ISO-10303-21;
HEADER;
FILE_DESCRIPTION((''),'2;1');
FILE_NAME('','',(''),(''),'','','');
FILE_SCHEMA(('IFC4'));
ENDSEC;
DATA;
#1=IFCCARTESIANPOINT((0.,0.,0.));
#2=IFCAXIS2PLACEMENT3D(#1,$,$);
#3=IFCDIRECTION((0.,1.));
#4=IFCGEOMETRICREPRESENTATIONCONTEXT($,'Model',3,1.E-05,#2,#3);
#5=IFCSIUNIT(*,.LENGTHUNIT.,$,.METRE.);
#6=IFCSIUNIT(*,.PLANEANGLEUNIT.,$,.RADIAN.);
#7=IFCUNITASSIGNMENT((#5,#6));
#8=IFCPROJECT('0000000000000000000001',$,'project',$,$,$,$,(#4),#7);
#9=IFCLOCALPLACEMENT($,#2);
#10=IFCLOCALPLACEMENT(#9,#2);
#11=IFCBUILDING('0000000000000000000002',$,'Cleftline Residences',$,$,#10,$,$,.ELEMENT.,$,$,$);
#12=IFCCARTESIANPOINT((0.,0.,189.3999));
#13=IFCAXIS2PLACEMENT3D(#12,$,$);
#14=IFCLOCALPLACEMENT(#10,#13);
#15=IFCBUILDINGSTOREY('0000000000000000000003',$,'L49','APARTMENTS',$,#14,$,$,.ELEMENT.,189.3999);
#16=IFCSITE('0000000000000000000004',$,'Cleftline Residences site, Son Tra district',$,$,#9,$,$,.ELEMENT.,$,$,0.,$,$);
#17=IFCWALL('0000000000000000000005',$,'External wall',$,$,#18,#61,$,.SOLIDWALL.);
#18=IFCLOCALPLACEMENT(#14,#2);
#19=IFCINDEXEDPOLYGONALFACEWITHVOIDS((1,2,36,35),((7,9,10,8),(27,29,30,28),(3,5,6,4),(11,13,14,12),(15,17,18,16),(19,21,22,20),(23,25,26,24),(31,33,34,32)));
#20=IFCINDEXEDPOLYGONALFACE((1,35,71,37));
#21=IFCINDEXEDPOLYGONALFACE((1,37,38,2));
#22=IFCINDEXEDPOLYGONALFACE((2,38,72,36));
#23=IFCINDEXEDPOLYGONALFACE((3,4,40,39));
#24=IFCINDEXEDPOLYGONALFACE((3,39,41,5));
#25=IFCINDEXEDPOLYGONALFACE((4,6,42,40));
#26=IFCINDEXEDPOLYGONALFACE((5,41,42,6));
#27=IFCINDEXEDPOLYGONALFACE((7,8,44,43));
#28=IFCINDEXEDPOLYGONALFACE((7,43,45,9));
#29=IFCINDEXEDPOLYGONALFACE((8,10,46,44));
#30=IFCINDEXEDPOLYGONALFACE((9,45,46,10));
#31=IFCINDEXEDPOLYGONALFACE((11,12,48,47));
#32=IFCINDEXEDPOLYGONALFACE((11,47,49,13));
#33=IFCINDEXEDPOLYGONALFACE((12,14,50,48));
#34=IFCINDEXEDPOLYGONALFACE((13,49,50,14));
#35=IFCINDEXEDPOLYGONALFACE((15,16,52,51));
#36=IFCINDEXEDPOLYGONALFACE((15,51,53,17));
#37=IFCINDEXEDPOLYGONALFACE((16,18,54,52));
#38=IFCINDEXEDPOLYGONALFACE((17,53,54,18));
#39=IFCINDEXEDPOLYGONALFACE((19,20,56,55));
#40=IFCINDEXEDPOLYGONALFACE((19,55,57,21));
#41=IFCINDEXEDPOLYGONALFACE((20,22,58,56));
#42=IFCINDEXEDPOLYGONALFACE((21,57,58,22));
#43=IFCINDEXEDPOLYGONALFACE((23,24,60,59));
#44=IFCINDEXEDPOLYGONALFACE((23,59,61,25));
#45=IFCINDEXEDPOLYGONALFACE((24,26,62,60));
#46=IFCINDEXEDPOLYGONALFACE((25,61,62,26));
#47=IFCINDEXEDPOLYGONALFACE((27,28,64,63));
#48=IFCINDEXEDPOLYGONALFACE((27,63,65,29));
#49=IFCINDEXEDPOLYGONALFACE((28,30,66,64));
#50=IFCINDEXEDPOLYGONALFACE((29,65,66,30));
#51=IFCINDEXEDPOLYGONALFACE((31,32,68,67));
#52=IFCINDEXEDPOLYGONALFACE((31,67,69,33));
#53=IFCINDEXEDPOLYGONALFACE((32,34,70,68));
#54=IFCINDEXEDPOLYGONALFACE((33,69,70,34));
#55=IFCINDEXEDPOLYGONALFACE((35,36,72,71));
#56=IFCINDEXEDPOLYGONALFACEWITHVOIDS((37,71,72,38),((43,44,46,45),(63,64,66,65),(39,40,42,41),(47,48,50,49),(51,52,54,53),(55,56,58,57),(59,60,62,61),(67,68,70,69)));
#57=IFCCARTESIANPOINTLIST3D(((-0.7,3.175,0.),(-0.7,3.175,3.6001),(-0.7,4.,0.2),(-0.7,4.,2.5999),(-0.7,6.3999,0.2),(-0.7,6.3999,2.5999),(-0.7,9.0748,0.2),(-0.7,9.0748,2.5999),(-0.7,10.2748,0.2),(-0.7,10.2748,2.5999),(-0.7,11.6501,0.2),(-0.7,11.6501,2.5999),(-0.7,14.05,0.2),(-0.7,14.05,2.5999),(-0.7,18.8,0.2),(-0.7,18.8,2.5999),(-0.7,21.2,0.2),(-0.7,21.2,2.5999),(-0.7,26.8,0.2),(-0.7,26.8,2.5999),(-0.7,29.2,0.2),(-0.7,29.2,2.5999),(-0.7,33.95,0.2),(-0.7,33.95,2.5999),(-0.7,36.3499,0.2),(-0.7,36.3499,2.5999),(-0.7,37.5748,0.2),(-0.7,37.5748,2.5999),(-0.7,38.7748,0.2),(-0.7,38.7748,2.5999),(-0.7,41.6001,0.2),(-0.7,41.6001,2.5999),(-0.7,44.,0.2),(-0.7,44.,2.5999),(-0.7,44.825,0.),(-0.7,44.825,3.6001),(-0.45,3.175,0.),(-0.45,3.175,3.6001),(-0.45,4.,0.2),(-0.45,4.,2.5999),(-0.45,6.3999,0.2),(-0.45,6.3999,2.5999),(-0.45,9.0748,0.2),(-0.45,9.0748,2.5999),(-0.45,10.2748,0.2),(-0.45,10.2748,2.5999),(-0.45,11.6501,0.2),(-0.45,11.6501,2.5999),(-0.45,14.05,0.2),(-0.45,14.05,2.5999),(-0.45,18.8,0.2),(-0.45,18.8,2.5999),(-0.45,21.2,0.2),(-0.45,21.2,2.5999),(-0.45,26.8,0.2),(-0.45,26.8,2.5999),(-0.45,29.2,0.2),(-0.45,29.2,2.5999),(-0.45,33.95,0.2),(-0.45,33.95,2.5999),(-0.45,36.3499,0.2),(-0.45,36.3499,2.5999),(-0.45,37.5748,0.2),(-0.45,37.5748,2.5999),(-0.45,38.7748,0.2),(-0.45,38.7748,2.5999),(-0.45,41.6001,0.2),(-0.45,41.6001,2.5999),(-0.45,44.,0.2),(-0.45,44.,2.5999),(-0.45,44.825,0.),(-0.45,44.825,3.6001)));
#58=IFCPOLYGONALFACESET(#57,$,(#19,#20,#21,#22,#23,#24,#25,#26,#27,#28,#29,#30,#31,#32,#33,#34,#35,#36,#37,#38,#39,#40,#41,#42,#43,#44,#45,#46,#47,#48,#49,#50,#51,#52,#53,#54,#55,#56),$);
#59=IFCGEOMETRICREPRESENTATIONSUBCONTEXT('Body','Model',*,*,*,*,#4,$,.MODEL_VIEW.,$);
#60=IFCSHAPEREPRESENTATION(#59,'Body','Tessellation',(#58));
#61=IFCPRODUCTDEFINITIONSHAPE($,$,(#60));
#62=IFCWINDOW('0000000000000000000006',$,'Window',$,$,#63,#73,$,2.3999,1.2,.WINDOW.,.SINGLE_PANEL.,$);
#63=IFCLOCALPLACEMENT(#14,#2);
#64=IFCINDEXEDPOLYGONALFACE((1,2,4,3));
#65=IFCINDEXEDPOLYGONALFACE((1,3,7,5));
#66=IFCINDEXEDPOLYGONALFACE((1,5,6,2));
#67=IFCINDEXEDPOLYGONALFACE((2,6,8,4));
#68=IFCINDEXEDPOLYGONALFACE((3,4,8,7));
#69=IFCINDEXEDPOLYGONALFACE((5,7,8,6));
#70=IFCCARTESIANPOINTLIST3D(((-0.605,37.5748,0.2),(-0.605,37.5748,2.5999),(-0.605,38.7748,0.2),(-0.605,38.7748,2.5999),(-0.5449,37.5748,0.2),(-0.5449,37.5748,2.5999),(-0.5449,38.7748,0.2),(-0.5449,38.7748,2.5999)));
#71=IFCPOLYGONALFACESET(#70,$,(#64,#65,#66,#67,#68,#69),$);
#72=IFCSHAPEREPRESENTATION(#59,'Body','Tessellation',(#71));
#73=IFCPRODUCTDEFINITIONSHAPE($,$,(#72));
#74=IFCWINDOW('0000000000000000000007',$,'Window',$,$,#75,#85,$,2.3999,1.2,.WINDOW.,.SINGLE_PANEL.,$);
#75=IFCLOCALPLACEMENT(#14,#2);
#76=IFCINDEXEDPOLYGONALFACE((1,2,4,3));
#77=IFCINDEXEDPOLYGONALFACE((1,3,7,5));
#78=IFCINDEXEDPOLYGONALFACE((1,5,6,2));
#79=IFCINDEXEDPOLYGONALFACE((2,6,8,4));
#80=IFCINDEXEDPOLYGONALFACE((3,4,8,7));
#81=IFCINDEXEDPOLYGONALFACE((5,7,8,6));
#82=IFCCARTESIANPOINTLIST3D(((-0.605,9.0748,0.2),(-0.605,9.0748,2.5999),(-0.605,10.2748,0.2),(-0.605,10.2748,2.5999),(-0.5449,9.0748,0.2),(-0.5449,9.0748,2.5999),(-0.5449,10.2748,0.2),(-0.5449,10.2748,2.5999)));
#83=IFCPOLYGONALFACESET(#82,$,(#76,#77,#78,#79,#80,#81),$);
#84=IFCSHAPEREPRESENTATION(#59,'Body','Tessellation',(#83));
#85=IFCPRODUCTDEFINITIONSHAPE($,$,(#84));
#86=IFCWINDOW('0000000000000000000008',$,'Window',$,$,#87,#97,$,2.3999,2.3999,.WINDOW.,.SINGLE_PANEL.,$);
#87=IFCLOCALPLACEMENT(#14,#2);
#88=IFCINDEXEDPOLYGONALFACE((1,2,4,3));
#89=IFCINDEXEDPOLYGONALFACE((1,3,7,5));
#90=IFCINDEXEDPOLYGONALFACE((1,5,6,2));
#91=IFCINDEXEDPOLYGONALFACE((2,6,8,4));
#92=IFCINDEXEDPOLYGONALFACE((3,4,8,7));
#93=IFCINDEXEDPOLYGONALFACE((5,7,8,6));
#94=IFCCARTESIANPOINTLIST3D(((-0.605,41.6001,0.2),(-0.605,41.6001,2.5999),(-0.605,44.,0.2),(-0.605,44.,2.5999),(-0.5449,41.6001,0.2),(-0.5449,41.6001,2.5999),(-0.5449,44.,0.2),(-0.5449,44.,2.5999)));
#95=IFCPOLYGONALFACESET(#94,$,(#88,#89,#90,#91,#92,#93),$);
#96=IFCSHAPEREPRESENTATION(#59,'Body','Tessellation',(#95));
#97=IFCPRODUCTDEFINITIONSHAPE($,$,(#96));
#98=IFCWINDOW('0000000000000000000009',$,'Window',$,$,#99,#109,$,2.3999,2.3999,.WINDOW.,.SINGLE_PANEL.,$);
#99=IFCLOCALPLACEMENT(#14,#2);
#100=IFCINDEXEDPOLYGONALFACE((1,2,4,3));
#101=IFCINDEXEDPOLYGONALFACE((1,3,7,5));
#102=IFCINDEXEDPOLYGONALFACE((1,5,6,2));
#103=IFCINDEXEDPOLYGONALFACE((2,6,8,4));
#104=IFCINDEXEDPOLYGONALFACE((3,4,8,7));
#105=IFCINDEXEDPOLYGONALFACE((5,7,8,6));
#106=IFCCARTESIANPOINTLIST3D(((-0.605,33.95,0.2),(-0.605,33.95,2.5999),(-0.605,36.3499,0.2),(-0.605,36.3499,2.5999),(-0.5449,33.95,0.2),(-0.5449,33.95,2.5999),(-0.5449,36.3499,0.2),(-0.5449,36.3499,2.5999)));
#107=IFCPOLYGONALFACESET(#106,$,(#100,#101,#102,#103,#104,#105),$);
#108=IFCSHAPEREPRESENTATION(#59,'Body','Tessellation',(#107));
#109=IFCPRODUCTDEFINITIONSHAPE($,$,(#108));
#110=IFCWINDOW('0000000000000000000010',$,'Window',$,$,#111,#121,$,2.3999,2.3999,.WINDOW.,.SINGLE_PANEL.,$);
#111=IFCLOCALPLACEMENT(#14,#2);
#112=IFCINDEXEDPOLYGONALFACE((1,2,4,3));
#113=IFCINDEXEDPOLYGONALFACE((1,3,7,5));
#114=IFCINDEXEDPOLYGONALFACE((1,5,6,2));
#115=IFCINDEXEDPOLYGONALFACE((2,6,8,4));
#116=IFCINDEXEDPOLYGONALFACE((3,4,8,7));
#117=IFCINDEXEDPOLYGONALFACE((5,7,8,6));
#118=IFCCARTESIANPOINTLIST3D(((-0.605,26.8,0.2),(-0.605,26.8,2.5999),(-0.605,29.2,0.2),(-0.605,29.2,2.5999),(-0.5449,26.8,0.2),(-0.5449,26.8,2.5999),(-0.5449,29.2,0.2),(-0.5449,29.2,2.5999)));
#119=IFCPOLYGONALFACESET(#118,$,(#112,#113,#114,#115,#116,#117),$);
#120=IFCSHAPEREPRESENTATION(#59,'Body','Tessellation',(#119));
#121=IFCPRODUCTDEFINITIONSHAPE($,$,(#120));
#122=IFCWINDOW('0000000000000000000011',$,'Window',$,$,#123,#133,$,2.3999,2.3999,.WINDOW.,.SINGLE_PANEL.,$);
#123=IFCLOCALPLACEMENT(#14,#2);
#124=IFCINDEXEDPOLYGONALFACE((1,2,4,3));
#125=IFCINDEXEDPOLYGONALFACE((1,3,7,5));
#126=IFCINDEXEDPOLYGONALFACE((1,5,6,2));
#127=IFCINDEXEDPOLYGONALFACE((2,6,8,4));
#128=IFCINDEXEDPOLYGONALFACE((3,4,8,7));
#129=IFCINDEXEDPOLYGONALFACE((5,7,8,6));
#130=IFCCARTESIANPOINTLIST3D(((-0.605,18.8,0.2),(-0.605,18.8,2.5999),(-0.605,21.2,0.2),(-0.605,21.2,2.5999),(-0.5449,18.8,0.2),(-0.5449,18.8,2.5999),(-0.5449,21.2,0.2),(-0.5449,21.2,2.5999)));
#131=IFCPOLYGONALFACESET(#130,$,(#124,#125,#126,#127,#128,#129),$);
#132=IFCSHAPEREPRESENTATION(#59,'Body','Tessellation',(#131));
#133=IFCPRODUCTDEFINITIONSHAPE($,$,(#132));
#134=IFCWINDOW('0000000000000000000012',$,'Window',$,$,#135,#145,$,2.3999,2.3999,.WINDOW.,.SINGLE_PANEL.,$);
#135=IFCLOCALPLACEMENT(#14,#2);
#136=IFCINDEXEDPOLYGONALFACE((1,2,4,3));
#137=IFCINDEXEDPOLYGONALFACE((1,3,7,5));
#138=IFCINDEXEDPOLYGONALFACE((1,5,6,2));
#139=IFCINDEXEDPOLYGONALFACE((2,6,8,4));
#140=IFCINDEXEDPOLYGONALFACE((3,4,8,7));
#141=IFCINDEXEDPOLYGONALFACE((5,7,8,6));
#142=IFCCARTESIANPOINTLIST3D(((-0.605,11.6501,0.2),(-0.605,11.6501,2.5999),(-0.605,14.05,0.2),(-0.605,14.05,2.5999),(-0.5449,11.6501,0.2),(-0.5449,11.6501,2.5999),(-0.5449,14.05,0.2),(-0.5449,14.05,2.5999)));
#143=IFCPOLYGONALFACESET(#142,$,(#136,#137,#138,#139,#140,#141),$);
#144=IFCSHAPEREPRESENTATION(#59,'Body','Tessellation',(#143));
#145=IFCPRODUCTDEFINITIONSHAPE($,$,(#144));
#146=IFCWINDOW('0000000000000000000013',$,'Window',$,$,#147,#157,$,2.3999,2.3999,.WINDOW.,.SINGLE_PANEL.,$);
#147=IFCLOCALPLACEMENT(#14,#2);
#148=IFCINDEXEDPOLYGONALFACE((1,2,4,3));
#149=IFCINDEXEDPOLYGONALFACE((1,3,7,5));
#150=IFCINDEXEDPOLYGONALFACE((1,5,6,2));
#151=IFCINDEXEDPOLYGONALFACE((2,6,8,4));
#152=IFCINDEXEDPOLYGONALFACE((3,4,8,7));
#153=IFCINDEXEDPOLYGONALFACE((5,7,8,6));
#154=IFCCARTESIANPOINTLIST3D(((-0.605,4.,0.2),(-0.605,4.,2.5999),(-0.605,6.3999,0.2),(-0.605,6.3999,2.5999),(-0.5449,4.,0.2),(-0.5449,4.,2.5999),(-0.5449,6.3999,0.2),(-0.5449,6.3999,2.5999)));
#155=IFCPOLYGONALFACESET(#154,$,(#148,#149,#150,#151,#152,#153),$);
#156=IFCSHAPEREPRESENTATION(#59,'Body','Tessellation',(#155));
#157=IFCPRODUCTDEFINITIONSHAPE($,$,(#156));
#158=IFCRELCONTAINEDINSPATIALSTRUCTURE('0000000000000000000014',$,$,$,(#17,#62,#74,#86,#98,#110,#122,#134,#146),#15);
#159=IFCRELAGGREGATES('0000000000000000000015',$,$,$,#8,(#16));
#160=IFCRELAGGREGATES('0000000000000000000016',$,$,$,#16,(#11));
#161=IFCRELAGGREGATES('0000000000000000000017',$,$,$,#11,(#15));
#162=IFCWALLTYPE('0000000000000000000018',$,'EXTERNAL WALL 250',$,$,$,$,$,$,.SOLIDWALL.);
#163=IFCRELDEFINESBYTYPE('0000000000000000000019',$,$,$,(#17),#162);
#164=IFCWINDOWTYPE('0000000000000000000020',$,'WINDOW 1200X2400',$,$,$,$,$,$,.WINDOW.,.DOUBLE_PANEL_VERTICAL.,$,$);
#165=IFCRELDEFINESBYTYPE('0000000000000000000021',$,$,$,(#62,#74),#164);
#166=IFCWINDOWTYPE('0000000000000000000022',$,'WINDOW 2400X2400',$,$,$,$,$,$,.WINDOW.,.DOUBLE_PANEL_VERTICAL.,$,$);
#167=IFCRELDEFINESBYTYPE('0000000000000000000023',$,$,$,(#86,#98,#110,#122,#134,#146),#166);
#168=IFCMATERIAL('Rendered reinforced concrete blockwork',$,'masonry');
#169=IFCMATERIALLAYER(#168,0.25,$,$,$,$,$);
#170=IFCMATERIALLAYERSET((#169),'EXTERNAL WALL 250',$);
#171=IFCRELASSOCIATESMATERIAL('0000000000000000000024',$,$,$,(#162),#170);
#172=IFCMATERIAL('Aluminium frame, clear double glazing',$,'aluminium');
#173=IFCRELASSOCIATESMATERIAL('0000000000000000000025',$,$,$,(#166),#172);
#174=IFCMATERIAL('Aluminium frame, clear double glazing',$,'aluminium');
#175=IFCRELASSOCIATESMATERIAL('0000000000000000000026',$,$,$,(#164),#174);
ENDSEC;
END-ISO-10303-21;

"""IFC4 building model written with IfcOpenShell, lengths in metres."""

from ifc_helpers import new_model, si_unit, direction, frame, frame_2d, origin, place, context, subcontext, project, spatial, rectangle, extrude, material, layer, layer_set, type_object, element, fill, save


model = new_model("IFC4")

# Units and contexts
model_context = context("Model", 3, precision=1e-05, world=origin(), true_north=direction((0.0, 1.0)))
body_context = subcontext(model_context, "Body", "Model", "MODEL_VIEW")
ifc_project = project(units=[si_unit("LENGTHUNIT", "METRE"), si_unit("PLANEANGLEUNIT", "RADIAN")], contexts=[model_context])

# Site, building, storey
site_placement = place(None, origin())
site = spatial("IfcSite", under=ifc_project, at=site_placement, Name="Cleftline Residences site, Son Tra district", CompositionType="ELEMENT", RefElevation=0.0)
building_placement = place(site_placement, origin())
building = spatial("IfcBuilding", under=site, at=building_placement, Name="Cleftline Residences", CompositionType="ELEMENT")
storey_placement = place(building_placement, frame((0.0, 0.0, 189.3999)))
storey = spatial("IfcBuildingStorey", under=building, at=storey_placement, Name="L49", Description="APARTMENTS", CompositionType="ELEMENT", Elevation=189.3999)

# Shared definitions
ifc_material_1 = material(Name="Rendered reinforced concrete blockwork", Category="masonry")
ifc_layer_1 = layer(ifc_material_1, 0.25)
ifc_layer_set_1 = layer_set([ifc_layer_1], Name="EXTERNAL WALL 250")
wall_type_1 = type_object("IfcWallType", Name="EXTERNAL WALL 250", PredefinedType="SOLIDWALL", material=ifc_layer_set_1)
ifc_material_2 = material(Name="Aluminium frame, clear double glazing", Category="aluminium")
window_type_1 = type_object("IfcWindowType", Name="WINDOW 2400X2400", PartitioningType="DOUBLE_PANEL_VERTICAL", PredefinedType="WINDOW", material=ifc_material_2)

# Wall, openings, windows
wall_1_placement = place(storey_placement, frame((-0.575, 44.825, 0.0), z_axis=(0.0, 0.0, 1.0), x_axis=(0.0, -1.0, 0.0)))
wall_1 = element("IfcWall", 1, at=wall_1_placement, inside=storey, type_object=wall_type_1, Name="External wall", PredefinedType="SOLIDWALL", context=body_context, shape_type="SweptSolid", body=[
    extrude(rectangle(XDim=41.6499, YDim=0.25, at=frame_2d((20.825, 0.0))), origin(), (0.0, 0.0, 1.0), 3.6001),
])
opening_1_placement = place(wall_1_placement, frame((0.825, 0.0, 0.2)))
opening_1 = element("IfcOpeningElement", 2, at=opening_1_placement, cuts=wall_1, PredefinedType="OPENING", context=body_context, shape_type="SweptSolid", body=[
    extrude(rectangle(XDim=2.3999, YDim=2.3999, at=frame_2d((1.2, 1.2))), frame((0.0, 0.135, 0.0), z_axis=(0.0, -1.0, 0.0), x_axis=(1.0, 0.0, 0.0)), (0.0, 0.0, 1.0), 0.27),
])
opening_2_placement = place(wall_1_placement, frame((6.05, 0.0, 0.2)))
opening_2 = element("IfcOpeningElement", 3, at=opening_2_placement, cuts=wall_1, PredefinedType="OPENING", context=body_context, shape_type="SweptSolid", body=[
    extrude(rectangle(XDim=1.2, YDim=2.3999, at=frame_2d((0.6001, 1.2))), frame((0.0, 0.135, 0.0), z_axis=(0.0, -1.0, 0.0), x_axis=(1.0, 0.0, 0.0)), (0.0, 0.0, 1.0), 0.27),
])
opening_3_placement = place(wall_1_placement, frame((8.4751, 0.0, 0.2)))
opening_3 = element("IfcOpeningElement", 4, at=opening_3_placement, cuts=wall_1, PredefinedType="OPENING", context=body_context, shape_type="SweptSolid", body=[
    extrude(rectangle(XDim=2.3999, YDim=2.3999, at=frame_2d((1.2, 1.2))), frame((0.0, 0.135, 0.0), z_axis=(0.0, -1.0, 0.0), x_axis=(1.0, 0.0, 0.0)), (0.0, 0.0, 1.0), 0.27),
])
opening_4_placement = place(wall_1_placement, frame((15.625, 0.0, 0.2)))
opening_4 = element("IfcOpeningElement", 5, at=opening_4_placement, cuts=wall_1, PredefinedType="OPENING", context=body_context, shape_type="SweptSolid", body=[
    extrude(rectangle(XDim=2.3999, YDim=2.3999, at=frame_2d((1.2, 1.2))), frame((0.0, 0.135, 0.0), z_axis=(0.0, -1.0, 0.0), x_axis=(1.0, 0.0, 0.0)), (0.0, 0.0, 1.0), 0.27),
])
opening_5_placement = place(wall_1_placement, frame((23.625, 0.0, 0.2)))
opening_5 = element("IfcOpeningElement", 6, at=opening_5_placement, cuts=wall_1, PredefinedType="OPENING", context=body_context, shape_type="SweptSolid", body=[
    extrude(rectangle(XDim=2.3999, YDim=2.3999, at=frame_2d((1.2, 1.2))), frame((0.0, 0.135, 0.0), z_axis=(0.0, -1.0, 0.0), x_axis=(1.0, 0.0, 0.0)), (0.0, 0.0, 1.0), 0.27),
])
opening_6_placement = place(wall_1_placement, frame((30.7749, 0.0, 0.2)))
opening_6 = element("IfcOpeningElement", 7, at=opening_6_placement, cuts=wall_1, PredefinedType="OPENING", context=body_context, shape_type="SweptSolid", body=[
    extrude(rectangle(XDim=2.3999, YDim=2.3999, at=frame_2d((1.2, 1.2))), frame((0.0, 0.135, 0.0), z_axis=(0.0, -1.0, 0.0), x_axis=(1.0, 0.0, 0.0)), (0.0, 0.0, 1.0), 0.27),
])
opening_7_placement = place(wall_1_placement, frame((34.55, 0.0, 0.2)))
opening_7 = element("IfcOpeningElement", 8, at=opening_7_placement, cuts=wall_1, PredefinedType="OPENING", context=body_context, shape_type="SweptSolid", body=[
    extrude(rectangle(XDim=1.2, YDim=2.3999, at=frame_2d((0.6001, 1.2))), frame((0.0, 0.135, 0.0), z_axis=(0.0, -1.0, 0.0), x_axis=(1.0, 0.0, 0.0)), (0.0, 0.0, 1.0), 0.27),
])
opening_8_placement = place(wall_1_placement, frame((38.425, 0.0, 0.2)))
opening_8 = element("IfcOpeningElement", 9, at=opening_8_placement, cuts=wall_1, PredefinedType="OPENING", context=body_context, shape_type="SweptSolid", body=[
    extrude(rectangle(XDim=2.3999, YDim=2.3999, at=frame_2d((1.2, 1.2))), frame((0.0, 0.135, 0.0), z_axis=(0.0, -1.0, 0.0), x_axis=(1.0, 0.0, 0.0)), (0.0, 0.0, 1.0), 0.27),
])
ifc_material_3 = material(Name="Aluminium frame, clear double glazing", Category="aluminium")
window_type_2 = type_object("IfcWindowType", Name="WINDOW 1200X2400", PartitioningType="DOUBLE_PANEL_VERTICAL", PredefinedType="WINDOW", material=ifc_material_3)
window_1_placement = place(opening_2_placement, origin())
window_1 = element("IfcWindow", 10, at=window_1_placement, inside=storey, type_object=window_type_2, Name="Window", OverallHeight=2.3999, OverallWidth=1.2, PartitioningType="SINGLE_PANEL", PredefinedType="WINDOW", context=body_context, shape_type="SweptSolid", body=[
    extrude(rectangle(XDim=1.2, YDim=2.3999, at=frame_2d((0.6001, 1.2))), frame((0.0, 0.03, 0.0), z_axis=(0.0, -1.0, 0.0), x_axis=(1.0, 0.0, 0.0)), (0.0, 0.0, 1.0), 0.0601),
])
fill(opening_2, window_1)
window_2_placement = place(opening_7_placement, origin())
window_2 = element("IfcWindow", 11, at=window_2_placement, inside=storey, type_object=window_type_2, Name="Window", OverallHeight=2.3999, OverallWidth=1.2, PartitioningType="SINGLE_PANEL", PredefinedType="WINDOW", context=body_context, shape_type="SweptSolid", body=[
    extrude(rectangle(XDim=1.2, YDim=2.3999, at=frame_2d((0.6001, 1.2))), frame((0.0, 0.03, 0.0), z_axis=(0.0, -1.0, 0.0), x_axis=(1.0, 0.0, 0.0)), (0.0, 0.0, 1.0), 0.0601),
])
fill(opening_7, window_2)
window_3_placement = place(opening_1_placement, origin())
window_3 = element("IfcWindow", 12, at=window_3_placement, inside=storey, type_object=window_type_1, Name="Window", OverallHeight=2.3999, OverallWidth=2.3999, PartitioningType="SINGLE_PANEL", PredefinedType="WINDOW", context=body_context, shape_type="SweptSolid", body=[
    extrude(rectangle(XDim=2.3999, YDim=2.3999, at=frame_2d((1.2, 1.2))), frame((0.0, 0.03, 0.0), z_axis=(0.0, -1.0, 0.0), x_axis=(1.0, 0.0, 0.0)), (0.0, 0.0, 1.0), 0.0601),
])
fill(opening_1, window_3)
window_4_placement = place(opening_3_placement, origin())
window_4 = element("IfcWindow", 13, at=window_4_placement, inside=storey, type_object=window_type_1, Name="Window", OverallHeight=2.3999, OverallWidth=2.3999, PartitioningType="SINGLE_PANEL", PredefinedType="WINDOW", context=body_context, shape_type="SweptSolid", body=[
    extrude(rectangle(XDim=2.3999, YDim=2.3999, at=frame_2d((1.2, 1.2))), frame((0.0, 0.03, 0.0), z_axis=(0.0, -1.0, 0.0), x_axis=(1.0, 0.0, 0.0)), (0.0, 0.0, 1.0), 0.0601),
])
fill(opening_3, window_4)
window_5_placement = place(opening_4_placement, origin())
window_5 = element("IfcWindow", 14, at=window_5_placement, inside=storey, type_object=window_type_1, Name="Window", OverallHeight=2.3999, OverallWidth=2.3999, PartitioningType="SINGLE_PANEL", PredefinedType="WINDOW", context=body_context, shape_type="SweptSolid", body=[
    extrude(rectangle(XDim=2.3999, YDim=2.3999, at=frame_2d((1.2, 1.2))), frame((0.0, 0.03, 0.0), z_axis=(0.0, -1.0, 0.0), x_axis=(1.0, 0.0, 0.0)), (0.0, 0.0, 1.0), 0.0601),
])
fill(opening_4, window_5)
window_6_placement = place(opening_5_placement, origin())
window_6 = element("IfcWindow", 15, at=window_6_placement, inside=storey, type_object=window_type_1, Name="Window", OverallHeight=2.3999, OverallWidth=2.3999, PartitioningType="SINGLE_PANEL", PredefinedType="WINDOW", context=body_context, shape_type="SweptSolid", body=[
    extrude(rectangle(XDim=2.3999, YDim=2.3999, at=frame_2d((1.2, 1.2))), frame((0.0, 0.03, 0.0), z_axis=(0.0, -1.0, 0.0), x_axis=(1.0, 0.0, 0.0)), (0.0, 0.0, 1.0), 0.0601),
])
fill(opening_5, window_6)
window_7_placement = place(opening_6_placement, origin())
window_7 = element("IfcWindow", 16, at=window_7_placement, inside=storey, type_object=window_type_1, Name="Window", OverallHeight=2.3999, OverallWidth=2.3999, PartitioningType="SINGLE_PANEL", PredefinedType="WINDOW", context=body_context, shape_type="SweptSolid", body=[
    extrude(rectangle(XDim=2.3999, YDim=2.3999, at=frame_2d((1.2, 1.2))), frame((0.0, 0.03, 0.0), z_axis=(0.0, -1.0, 0.0), x_axis=(1.0, 0.0, 0.0)), (0.0, 0.0, 1.0), 0.0601),
])
fill(opening_6, window_7)
window_8_placement = place(opening_8_placement, origin())
window_8 = element("IfcWindow", 17, at=window_8_placement, inside=storey, type_object=window_type_1, Name="Window", OverallHeight=2.3999, OverallWidth=2.3999, PartitioningType="SINGLE_PANEL", PredefinedType="WINDOW", context=body_context, shape_type="SweptSolid", body=[
    extrude(rectangle(XDim=2.3999, YDim=2.3999, at=frame_2d((1.2, 1.2))), frame((0.0, 0.03, 0.0), z_axis=(0.0, -1.0, 0.0), x_axis=(1.0, 0.0, 0.0)), (0.0, 0.0, 1.0), 0.0601),
])
fill(opening_8, window_8)

save(model, "model.ifc")
